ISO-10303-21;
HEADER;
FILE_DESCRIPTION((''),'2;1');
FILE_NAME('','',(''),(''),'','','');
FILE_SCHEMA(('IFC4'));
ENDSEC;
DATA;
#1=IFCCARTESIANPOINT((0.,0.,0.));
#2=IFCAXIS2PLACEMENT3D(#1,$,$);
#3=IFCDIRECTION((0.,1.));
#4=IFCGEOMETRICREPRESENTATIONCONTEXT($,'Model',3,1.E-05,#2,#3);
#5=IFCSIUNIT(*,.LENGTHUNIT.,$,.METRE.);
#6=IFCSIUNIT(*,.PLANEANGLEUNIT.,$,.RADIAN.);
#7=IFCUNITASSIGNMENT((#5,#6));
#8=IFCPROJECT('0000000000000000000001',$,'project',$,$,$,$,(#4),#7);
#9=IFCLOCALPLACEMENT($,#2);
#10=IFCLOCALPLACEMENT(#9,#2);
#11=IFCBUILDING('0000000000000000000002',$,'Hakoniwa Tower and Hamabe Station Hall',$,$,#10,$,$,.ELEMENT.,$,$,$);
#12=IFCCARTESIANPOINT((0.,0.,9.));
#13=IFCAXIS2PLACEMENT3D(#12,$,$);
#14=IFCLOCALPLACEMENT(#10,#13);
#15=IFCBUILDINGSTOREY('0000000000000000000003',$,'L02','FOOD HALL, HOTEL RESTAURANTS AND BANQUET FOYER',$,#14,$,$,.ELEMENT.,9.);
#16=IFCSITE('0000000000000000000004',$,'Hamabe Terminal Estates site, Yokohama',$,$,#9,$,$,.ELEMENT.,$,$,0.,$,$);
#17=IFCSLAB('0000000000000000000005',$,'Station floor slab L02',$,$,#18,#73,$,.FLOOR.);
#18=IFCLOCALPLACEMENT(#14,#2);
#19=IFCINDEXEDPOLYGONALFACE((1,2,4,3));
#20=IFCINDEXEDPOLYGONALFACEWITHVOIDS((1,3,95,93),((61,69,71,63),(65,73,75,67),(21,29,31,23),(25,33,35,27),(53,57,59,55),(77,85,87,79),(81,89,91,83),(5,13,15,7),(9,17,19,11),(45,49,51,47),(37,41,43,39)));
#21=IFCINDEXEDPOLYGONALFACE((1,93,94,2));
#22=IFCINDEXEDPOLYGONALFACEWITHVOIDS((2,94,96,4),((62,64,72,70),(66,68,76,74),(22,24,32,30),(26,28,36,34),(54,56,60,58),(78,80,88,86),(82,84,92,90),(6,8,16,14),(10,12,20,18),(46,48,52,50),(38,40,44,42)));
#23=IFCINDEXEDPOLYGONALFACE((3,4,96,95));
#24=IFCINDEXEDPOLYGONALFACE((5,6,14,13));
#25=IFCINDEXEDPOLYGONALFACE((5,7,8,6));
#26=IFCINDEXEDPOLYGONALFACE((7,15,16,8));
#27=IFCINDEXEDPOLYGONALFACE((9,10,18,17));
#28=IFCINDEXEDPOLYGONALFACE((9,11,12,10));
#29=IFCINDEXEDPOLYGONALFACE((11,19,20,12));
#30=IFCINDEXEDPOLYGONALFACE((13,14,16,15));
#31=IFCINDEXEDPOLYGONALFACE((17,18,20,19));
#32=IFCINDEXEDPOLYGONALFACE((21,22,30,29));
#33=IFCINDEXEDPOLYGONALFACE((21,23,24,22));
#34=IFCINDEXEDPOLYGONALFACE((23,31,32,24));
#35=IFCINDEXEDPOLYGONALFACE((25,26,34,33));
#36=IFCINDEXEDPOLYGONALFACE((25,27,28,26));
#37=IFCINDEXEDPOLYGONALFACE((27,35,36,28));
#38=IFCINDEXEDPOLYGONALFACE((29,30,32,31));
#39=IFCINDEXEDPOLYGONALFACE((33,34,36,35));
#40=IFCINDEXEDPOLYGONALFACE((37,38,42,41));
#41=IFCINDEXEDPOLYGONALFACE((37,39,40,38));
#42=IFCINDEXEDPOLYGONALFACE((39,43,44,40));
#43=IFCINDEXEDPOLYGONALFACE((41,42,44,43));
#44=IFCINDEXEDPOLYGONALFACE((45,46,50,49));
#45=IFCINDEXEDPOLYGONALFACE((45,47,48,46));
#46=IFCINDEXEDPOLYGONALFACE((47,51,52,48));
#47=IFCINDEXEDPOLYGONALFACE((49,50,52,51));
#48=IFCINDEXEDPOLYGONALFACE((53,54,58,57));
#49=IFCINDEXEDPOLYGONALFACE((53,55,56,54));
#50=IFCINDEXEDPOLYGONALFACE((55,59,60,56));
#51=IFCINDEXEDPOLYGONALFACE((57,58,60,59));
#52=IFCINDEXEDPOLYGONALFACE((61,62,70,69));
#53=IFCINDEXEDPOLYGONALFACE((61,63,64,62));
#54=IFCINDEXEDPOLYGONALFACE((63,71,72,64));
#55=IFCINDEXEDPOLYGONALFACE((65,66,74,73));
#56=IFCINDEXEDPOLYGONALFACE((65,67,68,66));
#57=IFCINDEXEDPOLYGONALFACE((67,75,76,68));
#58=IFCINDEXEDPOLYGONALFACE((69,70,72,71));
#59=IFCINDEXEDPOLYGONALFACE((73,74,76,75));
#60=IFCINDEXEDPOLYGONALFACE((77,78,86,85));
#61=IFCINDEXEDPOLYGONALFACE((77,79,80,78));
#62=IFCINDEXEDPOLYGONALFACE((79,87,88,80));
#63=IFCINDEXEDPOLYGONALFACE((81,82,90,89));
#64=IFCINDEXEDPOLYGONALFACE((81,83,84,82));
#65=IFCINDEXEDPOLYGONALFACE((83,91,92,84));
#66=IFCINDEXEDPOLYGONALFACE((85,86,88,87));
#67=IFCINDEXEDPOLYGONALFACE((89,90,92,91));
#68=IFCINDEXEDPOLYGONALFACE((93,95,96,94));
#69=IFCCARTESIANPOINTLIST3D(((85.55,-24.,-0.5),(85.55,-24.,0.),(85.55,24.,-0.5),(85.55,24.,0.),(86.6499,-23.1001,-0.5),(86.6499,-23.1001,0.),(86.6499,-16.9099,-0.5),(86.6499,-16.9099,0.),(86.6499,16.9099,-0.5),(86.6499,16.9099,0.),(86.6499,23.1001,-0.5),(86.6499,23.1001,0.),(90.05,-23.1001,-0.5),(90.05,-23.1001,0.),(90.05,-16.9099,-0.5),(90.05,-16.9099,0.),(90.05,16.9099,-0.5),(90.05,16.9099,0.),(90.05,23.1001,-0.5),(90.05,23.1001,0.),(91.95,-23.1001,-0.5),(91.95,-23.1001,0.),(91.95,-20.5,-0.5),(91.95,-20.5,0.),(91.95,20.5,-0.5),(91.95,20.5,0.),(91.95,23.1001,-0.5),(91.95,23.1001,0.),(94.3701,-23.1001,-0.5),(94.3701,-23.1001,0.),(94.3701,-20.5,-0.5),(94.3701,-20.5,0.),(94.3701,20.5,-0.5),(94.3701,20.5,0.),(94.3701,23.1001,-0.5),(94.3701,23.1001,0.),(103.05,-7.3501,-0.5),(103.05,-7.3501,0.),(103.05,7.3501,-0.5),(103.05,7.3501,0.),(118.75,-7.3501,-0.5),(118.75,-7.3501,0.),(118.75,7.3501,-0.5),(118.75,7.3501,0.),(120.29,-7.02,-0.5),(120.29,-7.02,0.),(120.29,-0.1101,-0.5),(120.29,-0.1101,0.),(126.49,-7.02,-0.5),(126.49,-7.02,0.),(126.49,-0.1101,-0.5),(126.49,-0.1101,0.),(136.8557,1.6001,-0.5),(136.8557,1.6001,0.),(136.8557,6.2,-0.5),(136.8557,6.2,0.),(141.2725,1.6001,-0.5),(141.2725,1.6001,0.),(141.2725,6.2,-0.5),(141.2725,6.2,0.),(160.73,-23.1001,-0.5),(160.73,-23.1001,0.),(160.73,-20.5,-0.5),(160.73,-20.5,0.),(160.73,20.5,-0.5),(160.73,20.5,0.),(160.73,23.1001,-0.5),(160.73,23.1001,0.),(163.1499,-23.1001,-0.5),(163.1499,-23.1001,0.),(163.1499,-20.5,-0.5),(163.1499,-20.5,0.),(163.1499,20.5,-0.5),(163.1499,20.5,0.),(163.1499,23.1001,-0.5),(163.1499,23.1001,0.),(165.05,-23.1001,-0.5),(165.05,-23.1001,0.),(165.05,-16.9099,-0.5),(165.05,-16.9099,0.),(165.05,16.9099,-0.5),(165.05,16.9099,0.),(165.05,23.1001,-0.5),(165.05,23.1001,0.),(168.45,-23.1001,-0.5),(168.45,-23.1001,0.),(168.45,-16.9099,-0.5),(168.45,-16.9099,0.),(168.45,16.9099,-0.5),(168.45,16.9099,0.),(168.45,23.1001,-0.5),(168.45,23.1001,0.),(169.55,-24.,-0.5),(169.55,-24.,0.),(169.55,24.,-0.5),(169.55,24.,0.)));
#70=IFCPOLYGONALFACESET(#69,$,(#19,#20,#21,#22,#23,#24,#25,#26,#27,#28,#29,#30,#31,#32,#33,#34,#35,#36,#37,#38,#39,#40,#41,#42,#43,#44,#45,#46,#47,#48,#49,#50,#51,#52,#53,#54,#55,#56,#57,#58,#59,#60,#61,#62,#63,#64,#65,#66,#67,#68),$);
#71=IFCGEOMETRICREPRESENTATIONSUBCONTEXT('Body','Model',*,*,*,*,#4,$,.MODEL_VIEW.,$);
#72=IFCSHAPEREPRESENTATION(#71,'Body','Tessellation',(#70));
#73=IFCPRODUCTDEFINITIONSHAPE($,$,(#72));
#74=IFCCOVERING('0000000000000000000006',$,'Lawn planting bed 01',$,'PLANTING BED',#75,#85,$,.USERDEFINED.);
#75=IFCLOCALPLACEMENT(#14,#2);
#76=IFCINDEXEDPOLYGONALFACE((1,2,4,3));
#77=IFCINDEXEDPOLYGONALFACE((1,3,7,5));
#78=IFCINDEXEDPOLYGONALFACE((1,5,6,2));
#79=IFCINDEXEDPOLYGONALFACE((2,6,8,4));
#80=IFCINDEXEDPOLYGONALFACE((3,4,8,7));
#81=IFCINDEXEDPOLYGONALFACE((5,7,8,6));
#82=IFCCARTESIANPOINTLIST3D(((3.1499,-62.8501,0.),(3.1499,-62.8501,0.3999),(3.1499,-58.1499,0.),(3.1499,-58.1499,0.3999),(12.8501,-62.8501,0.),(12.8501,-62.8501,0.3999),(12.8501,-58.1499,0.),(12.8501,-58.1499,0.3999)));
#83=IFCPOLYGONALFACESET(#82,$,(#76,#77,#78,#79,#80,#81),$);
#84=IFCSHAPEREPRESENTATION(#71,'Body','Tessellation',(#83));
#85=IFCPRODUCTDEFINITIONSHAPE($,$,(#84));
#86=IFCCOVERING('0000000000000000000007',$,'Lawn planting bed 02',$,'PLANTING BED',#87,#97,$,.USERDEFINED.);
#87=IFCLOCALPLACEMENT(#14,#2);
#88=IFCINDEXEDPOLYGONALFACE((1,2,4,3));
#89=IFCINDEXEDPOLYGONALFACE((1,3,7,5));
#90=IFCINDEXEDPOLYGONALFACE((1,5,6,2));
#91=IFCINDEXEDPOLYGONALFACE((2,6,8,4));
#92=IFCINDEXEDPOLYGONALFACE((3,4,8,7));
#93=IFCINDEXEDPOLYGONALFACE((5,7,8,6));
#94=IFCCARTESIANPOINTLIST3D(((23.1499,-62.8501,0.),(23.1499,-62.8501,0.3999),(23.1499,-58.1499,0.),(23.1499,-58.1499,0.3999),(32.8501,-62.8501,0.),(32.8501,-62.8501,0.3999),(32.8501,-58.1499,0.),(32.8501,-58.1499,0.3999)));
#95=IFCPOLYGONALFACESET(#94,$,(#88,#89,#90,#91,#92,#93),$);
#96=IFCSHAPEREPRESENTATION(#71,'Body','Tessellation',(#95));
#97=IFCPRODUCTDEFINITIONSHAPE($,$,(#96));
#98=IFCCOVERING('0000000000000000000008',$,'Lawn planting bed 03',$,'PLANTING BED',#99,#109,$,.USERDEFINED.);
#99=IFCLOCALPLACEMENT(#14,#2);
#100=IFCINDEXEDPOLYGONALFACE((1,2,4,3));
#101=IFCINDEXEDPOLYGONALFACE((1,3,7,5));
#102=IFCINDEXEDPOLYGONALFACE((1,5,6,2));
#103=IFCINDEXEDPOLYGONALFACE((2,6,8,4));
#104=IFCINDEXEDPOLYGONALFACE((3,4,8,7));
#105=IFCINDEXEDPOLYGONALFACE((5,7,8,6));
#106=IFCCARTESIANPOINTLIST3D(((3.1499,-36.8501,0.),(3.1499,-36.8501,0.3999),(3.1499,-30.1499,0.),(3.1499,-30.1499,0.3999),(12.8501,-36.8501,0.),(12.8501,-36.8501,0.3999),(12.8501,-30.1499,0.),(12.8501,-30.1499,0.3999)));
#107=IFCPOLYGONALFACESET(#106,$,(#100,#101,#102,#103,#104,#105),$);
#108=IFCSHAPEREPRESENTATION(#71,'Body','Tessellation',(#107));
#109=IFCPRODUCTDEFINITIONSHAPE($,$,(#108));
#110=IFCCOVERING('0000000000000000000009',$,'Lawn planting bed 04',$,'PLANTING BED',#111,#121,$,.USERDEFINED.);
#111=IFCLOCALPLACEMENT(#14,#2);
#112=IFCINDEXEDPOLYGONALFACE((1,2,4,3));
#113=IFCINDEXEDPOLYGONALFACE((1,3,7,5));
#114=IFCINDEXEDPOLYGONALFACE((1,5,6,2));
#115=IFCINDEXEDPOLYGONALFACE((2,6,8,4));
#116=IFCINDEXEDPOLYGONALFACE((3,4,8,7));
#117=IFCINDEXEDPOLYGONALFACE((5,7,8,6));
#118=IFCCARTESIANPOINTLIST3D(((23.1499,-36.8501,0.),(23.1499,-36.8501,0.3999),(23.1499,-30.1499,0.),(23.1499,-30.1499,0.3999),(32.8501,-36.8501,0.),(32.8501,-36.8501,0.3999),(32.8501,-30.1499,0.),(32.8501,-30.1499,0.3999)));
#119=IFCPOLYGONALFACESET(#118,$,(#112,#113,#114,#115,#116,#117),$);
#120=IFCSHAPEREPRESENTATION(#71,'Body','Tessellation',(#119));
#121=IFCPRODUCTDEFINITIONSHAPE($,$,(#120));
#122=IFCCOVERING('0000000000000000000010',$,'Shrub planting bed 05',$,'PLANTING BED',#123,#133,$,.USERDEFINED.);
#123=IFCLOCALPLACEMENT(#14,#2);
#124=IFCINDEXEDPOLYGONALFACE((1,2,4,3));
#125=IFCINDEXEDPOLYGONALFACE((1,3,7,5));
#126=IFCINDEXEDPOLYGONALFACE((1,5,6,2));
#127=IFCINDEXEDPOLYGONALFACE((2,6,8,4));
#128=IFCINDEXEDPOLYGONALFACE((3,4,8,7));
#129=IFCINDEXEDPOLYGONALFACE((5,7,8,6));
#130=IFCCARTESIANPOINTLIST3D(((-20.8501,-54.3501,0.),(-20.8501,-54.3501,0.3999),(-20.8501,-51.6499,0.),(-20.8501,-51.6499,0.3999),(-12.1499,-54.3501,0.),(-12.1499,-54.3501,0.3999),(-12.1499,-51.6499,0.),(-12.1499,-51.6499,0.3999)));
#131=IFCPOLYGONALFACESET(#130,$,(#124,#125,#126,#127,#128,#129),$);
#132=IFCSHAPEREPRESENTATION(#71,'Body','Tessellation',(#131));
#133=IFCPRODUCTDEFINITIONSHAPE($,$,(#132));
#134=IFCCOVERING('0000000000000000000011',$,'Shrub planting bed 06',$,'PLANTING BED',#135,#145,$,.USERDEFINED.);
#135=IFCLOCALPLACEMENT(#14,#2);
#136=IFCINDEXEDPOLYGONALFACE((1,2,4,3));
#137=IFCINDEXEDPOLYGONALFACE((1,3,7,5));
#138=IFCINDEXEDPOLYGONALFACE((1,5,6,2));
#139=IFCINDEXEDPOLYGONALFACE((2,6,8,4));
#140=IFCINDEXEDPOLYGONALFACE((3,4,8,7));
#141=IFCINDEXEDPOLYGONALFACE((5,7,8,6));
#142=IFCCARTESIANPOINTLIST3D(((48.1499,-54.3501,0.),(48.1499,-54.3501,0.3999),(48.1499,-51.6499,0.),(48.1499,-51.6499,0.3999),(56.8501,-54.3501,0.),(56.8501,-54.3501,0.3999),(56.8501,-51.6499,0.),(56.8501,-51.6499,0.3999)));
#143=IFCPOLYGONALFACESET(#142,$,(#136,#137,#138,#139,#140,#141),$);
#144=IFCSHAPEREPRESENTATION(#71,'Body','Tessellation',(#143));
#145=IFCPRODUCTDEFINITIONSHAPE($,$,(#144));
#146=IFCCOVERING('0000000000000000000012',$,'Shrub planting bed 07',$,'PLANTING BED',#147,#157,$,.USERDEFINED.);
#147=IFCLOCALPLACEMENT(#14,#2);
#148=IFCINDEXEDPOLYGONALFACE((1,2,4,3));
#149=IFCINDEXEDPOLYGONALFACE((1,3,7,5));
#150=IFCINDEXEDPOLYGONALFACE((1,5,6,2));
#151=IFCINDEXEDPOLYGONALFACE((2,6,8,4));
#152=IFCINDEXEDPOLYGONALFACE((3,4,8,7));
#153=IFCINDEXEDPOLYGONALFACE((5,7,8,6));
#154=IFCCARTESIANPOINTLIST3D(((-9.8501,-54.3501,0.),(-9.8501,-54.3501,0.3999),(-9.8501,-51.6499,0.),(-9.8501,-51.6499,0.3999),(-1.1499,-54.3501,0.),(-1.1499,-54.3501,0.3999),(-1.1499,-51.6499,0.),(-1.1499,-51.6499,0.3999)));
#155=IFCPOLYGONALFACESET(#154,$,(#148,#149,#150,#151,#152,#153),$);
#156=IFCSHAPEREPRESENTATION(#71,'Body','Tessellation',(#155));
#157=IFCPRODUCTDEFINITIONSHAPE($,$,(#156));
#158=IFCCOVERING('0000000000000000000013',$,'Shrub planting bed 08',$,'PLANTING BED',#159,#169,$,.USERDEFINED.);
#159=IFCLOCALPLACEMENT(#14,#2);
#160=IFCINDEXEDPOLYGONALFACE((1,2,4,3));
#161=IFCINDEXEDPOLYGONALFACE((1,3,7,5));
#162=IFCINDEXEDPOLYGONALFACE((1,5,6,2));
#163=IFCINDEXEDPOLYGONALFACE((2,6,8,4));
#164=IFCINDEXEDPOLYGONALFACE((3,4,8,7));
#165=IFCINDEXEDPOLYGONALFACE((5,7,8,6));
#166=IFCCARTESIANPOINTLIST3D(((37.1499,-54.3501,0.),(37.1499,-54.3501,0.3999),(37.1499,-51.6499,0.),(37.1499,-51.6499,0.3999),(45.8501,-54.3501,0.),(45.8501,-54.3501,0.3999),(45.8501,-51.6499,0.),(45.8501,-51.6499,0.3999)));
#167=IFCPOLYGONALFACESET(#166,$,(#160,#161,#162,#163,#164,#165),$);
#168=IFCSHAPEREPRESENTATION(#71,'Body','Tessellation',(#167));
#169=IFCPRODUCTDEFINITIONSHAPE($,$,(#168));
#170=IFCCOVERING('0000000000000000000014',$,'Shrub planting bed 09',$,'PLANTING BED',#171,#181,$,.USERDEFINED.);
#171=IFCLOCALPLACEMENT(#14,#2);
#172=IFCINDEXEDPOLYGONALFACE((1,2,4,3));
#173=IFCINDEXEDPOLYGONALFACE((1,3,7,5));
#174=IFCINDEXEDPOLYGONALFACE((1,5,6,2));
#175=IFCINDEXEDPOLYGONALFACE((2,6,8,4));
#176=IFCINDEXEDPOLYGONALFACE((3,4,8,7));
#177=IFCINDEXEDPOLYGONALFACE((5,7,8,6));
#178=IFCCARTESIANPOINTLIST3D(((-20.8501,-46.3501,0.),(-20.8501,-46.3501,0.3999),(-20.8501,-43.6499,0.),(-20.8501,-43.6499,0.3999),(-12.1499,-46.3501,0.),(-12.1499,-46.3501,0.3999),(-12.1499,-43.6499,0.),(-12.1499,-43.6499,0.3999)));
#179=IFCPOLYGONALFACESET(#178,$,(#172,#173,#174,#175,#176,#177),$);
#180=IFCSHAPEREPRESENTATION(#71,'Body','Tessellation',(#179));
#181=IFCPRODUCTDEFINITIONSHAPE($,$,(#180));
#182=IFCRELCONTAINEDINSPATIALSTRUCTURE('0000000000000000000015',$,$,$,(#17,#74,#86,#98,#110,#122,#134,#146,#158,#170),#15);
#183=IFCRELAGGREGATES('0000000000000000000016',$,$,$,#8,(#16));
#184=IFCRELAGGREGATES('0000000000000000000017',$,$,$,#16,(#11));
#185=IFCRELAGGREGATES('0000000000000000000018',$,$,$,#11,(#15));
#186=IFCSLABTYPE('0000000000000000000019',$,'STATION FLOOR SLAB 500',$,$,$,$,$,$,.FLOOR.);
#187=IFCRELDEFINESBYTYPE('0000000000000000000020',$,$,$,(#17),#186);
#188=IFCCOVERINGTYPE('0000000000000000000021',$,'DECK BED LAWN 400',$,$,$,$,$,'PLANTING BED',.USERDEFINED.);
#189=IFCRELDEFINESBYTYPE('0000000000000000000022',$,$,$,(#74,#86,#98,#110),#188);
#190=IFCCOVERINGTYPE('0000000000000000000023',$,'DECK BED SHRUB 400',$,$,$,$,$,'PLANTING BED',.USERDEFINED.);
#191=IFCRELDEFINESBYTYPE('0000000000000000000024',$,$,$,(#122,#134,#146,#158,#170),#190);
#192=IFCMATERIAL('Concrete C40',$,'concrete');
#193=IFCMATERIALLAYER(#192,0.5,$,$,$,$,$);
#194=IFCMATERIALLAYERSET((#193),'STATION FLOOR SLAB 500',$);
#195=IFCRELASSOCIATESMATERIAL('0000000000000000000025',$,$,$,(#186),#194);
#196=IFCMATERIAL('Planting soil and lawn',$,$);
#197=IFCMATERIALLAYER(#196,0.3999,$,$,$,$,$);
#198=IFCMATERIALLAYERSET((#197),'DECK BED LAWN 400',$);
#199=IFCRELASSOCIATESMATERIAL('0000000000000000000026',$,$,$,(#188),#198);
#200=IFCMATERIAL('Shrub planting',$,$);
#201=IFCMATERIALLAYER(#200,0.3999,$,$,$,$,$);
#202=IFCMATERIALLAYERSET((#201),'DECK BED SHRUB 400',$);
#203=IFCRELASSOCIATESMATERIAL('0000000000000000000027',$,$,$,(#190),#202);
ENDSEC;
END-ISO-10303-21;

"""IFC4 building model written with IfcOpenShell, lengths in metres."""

from ifc_helpers import new_model, si_unit, direction, frame, origin, place, context, subcontext, project, spatial, polyline, outline, extrude, material, layer, layer_set, type_object, element, save


model = new_model("IFC4")

# Units and contexts
model_context = context("Model", 3, precision=1e-05, world=origin(), true_north=direction((0.0, 1.0)))
body_context = subcontext(model_context, "Body", "Model", "MODEL_VIEW")
ifc_project = project(units=[si_unit("LENGTHUNIT", "METRE"), si_unit("PLANEANGLEUNIT", "RADIAN")], contexts=[model_context])

# Site, building, storey
site_placement = place(None, origin())
site = spatial("IfcSite", under=ifc_project, at=site_placement, Name="Hamabe Terminal Estates site, Yokohama", CompositionType="ELEMENT", RefElevation=0.0)
building_placement = place(site_placement, origin())
building = spatial("IfcBuilding", under=site, at=building_placement, Name="Hakoniwa Tower and Hamabe Station Hall", CompositionType="ELEMENT")
storey_placement = place(building_placement, frame((0.0, 0.0, 9.0)))
storey = spatial("IfcBuildingStorey", under=building, at=storey_placement, Name="L02", Description="FOOD HALL, HOTEL RESTAURANTS AND BANQUET FOYER", CompositionType="ELEMENT", Elevation=9.0)

# Slab
ifc_material_1 = material(Name="Concrete C40", Category="concrete")
ifc_layer_1 = layer(ifc_material_1, 0.5)
ifc_layer_set_1 = layer_set([ifc_layer_1], Name="STATION FLOOR SLAB 500")
slab_type_1 = type_object("IfcSlabType", Name="STATION FLOOR SLAB 500", PredefinedType="FLOOR", material=ifc_layer_set_1)
slab_1_placement = place(storey_placement, frame((0.0, 0.0, -0.5)))
element("IfcSlab", 1, at=slab_1_placement, inside=storey, type_object=slab_type_1, Name="Station floor slab L02", PredefinedType="FLOOR", context=body_context, shape_type="SweptSolid", body=[
    extrude(outline(polyline([(169.55, -24.0), (169.55, 24.0), (85.55, 24.0), (85.55, -24.0), (169.55, -24.0)]), holes=[polyline([(118.75, -7.3501), (103.05, -7.3501), (103.05, 7.3501), (118.75, 7.3501), (118.75, -7.3501)]), polyline([(94.3701, 20.5), (91.95, 20.5), (91.95, 23.1001), (94.3701, 23.1001), (94.3701, 20.5)]), polyline([(90.05, 16.9099), (86.6499, 16.9099), (86.6499, 23.1001), (90.05, 23.1001), (90.05, 16.9099)]), polyline([(163.1499, 20.5), (160.73, 20.5), (160.73, 23.1001), (163.1499, 23.1001), (163.1499, 20.5)]), polyline([(168.45, 16.9099), (165.05, 16.9099), (165.05, 23.1001), (168.45, 23.1001), (168.45, 16.9099)]), polyline([(94.3701, -23.1001), (91.95, -23.1001), (91.95, -20.5), (94.3701, -20.5), (94.3701, -23.1001)]), polyline([(90.05, -23.1001), (86.6499, -23.1001), (86.6499, -16.9099), (90.05, -16.9099), (90.05, -23.1001)]), polyline([(163.1499, -23.1001), (160.73, -23.1001), (160.73, -20.5), (163.1499, -20.5), (163.1499, -23.1001)]), polyline([(168.45, -23.1001), (165.05, -23.1001), (165.05, -16.9099), (168.45, -16.9099), (168.45, -23.1001)]), polyline([(120.29, -0.1101), (126.49, -0.1101), (126.49, -7.02), (120.29, -7.02), (120.29, -0.1101)]), polyline([(141.2725, 1.6001), (136.8557, 1.6001), (136.8557, 6.2), (141.2725, 6.2), (141.2725, 1.6001)])]), origin(), (0.0, 0.0, 1.0), 0.5),
])

# Coverings
ifc_material_2 = material(Name="Planting soil and lawn")
ifc_layer_2 = layer(ifc_material_2, 0.3999)
ifc_layer_set_2 = layer_set([ifc_layer_2], Name="DECK BED LAWN 400")
covering_type_1 = type_object("IfcCoveringType", Name="DECK BED LAWN 400", ElementType="PLANTING BED", PredefinedType="USERDEFINED", material=ifc_layer_set_2)
covering_1_placement = place(storey_placement, origin())
element("IfcCovering", 2, at=covering_1_placement, inside=storey, type_object=covering_type_1, Name="Lawn planting bed 01", ObjectType="PLANTING BED", PredefinedType="USERDEFINED", context=body_context, shape_type="SweptSolid", body=[
    extrude(outline(polyline([(3.1499, -62.8501), (12.8501, -62.8501), (12.8501, -58.1499), (3.1499, -58.1499), (3.1499, -62.8501)])), origin(), (0.0, 0.0, 1.0), 0.3999),
])
covering_2_placement = place(storey_placement, origin())
element("IfcCovering", 3, at=covering_2_placement, inside=storey, type_object=covering_type_1, Name="Lawn planting bed 02", ObjectType="PLANTING BED", PredefinedType="USERDEFINED", context=body_context, shape_type="SweptSolid", body=[
    extrude(outline(polyline([(23.1499, -62.8501), (32.8501, -62.8501), (32.8501, -58.1499), (23.1499, -58.1499), (23.1499, -62.8501)])), origin(), (0.0, 0.0, 1.0), 0.3999),
])
covering_3_placement = place(storey_placement, origin())
element("IfcCovering", 4, at=covering_3_placement, inside=storey, type_object=covering_type_1, Name="Lawn planting bed 03", ObjectType="PLANTING BED", PredefinedType="USERDEFINED", context=body_context, shape_type="SweptSolid", body=[
    extrude(outline(polyline([(3.1499, -36.8501), (12.8501, -36.8501), (12.8501, -30.1499), (3.1499, -30.1499), (3.1499, -36.8501)])), origin(), (0.0, 0.0, 1.0), 0.3999),
])
covering_4_placement = place(storey_placement, origin())
element("IfcCovering", 5, at=covering_4_placement, inside=storey, type_object=covering_type_1, Name="Lawn planting bed 04", ObjectType="PLANTING BED", PredefinedType="USERDEFINED", context=body_context, shape_type="SweptSolid", body=[
    extrude(outline(polyline([(23.1499, -36.8501), (32.8501, -36.8501), (32.8501, -30.1499), (23.1499, -30.1499), (23.1499, -36.8501)])), origin(), (0.0, 0.0, 1.0), 0.3999),
])
ifc_material_3 = material(Name="Shrub planting")
ifc_layer_3 = layer(ifc_material_3, 0.3999)
ifc_layer_set_3 = layer_set([ifc_layer_3], Name="DECK BED SHRUB 400")
covering_type_2 = type_object("IfcCoveringType", Name="DECK BED SHRUB 400", ElementType="PLANTING BED", PredefinedType="USERDEFINED", material=ifc_layer_set_3)
covering_5_placement = place(storey_placement, origin())
element("IfcCovering", 6, at=covering_5_placement, inside=storey, type_object=covering_type_2, Name="Shrub planting bed 05", ObjectType="PLANTING BED", PredefinedType="USERDEFINED", context=body_context, shape_type="SweptSolid", body=[
    extrude(outline(polyline([(-20.8501, -54.3501), (-12.1499, -54.3501), (-12.1499, -51.6499), (-20.8501, -51.6499), (-20.8501, -54.3501)])), origin(), (0.0, 0.0, 1.0), 0.3999),
])
covering_6_placement = place(storey_placement, origin())
element("IfcCovering", 7, at=covering_6_placement, inside=storey, type_object=covering_type_2, Name="Shrub planting bed 06", ObjectType="PLANTING BED", PredefinedType="USERDEFINED", context=body_context, shape_type="SweptSolid", body=[
    extrude(outline(polyline([(48.1499, -54.3501), (56.8501, -54.3501), (56.8501, -51.6499), (48.1499, -51.6499), (48.1499, -54.3501)])), origin(), (0.0, 0.0, 1.0), 0.3999),
])
covering_7_placement = place(storey_placement, origin())
element("IfcCovering", 8, at=covering_7_placement, inside=storey, type_object=covering_type_2, Name="Shrub planting bed 07", ObjectType="PLANTING BED", PredefinedType="USERDEFINED", context=body_context, shape_type="SweptSolid", body=[
    extrude(outline(polyline([(-9.8501, -54.3501), (-1.1499, -54.3501), (-1.1499, -51.6499), (-9.8501, -51.6499), (-9.8501, -54.3501)])), origin(), (0.0, 0.0, 1.0), 0.3999),
])
covering_8_placement = place(storey_placement, origin())
element("IfcCovering", 9, at=covering_8_placement, inside=storey, type_object=covering_type_2, Name="Shrub planting bed 08", ObjectType="PLANTING BED", PredefinedType="USERDEFINED", context=body_context, shape_type="SweptSolid", body=[
    extrude(outline(polyline([(37.1499, -54.3501), (45.8501, -54.3501), (45.8501, -51.6499), (37.1499, -51.6499), (37.1499, -54.3501)])), origin(), (0.0, 0.0, 1.0), 0.3999),
])
covering_9_placement = place(storey_placement, origin())
element("IfcCovering", 10, at=covering_9_placement, inside=storey, type_object=covering_type_2, Name="Shrub planting bed 09", ObjectType="PLANTING BED", PredefinedType="USERDEFINED", context=body_context, shape_type="SweptSolid", body=[
    extrude(outline(polyline([(-20.8501, -46.3501), (-12.1499, -46.3501), (-12.1499, -43.6499), (-20.8501, -43.6499), (-20.8501, -46.3501)])), origin(), (0.0, 0.0, 1.0), 0.3999),
])

save(model, "model.ifc")
